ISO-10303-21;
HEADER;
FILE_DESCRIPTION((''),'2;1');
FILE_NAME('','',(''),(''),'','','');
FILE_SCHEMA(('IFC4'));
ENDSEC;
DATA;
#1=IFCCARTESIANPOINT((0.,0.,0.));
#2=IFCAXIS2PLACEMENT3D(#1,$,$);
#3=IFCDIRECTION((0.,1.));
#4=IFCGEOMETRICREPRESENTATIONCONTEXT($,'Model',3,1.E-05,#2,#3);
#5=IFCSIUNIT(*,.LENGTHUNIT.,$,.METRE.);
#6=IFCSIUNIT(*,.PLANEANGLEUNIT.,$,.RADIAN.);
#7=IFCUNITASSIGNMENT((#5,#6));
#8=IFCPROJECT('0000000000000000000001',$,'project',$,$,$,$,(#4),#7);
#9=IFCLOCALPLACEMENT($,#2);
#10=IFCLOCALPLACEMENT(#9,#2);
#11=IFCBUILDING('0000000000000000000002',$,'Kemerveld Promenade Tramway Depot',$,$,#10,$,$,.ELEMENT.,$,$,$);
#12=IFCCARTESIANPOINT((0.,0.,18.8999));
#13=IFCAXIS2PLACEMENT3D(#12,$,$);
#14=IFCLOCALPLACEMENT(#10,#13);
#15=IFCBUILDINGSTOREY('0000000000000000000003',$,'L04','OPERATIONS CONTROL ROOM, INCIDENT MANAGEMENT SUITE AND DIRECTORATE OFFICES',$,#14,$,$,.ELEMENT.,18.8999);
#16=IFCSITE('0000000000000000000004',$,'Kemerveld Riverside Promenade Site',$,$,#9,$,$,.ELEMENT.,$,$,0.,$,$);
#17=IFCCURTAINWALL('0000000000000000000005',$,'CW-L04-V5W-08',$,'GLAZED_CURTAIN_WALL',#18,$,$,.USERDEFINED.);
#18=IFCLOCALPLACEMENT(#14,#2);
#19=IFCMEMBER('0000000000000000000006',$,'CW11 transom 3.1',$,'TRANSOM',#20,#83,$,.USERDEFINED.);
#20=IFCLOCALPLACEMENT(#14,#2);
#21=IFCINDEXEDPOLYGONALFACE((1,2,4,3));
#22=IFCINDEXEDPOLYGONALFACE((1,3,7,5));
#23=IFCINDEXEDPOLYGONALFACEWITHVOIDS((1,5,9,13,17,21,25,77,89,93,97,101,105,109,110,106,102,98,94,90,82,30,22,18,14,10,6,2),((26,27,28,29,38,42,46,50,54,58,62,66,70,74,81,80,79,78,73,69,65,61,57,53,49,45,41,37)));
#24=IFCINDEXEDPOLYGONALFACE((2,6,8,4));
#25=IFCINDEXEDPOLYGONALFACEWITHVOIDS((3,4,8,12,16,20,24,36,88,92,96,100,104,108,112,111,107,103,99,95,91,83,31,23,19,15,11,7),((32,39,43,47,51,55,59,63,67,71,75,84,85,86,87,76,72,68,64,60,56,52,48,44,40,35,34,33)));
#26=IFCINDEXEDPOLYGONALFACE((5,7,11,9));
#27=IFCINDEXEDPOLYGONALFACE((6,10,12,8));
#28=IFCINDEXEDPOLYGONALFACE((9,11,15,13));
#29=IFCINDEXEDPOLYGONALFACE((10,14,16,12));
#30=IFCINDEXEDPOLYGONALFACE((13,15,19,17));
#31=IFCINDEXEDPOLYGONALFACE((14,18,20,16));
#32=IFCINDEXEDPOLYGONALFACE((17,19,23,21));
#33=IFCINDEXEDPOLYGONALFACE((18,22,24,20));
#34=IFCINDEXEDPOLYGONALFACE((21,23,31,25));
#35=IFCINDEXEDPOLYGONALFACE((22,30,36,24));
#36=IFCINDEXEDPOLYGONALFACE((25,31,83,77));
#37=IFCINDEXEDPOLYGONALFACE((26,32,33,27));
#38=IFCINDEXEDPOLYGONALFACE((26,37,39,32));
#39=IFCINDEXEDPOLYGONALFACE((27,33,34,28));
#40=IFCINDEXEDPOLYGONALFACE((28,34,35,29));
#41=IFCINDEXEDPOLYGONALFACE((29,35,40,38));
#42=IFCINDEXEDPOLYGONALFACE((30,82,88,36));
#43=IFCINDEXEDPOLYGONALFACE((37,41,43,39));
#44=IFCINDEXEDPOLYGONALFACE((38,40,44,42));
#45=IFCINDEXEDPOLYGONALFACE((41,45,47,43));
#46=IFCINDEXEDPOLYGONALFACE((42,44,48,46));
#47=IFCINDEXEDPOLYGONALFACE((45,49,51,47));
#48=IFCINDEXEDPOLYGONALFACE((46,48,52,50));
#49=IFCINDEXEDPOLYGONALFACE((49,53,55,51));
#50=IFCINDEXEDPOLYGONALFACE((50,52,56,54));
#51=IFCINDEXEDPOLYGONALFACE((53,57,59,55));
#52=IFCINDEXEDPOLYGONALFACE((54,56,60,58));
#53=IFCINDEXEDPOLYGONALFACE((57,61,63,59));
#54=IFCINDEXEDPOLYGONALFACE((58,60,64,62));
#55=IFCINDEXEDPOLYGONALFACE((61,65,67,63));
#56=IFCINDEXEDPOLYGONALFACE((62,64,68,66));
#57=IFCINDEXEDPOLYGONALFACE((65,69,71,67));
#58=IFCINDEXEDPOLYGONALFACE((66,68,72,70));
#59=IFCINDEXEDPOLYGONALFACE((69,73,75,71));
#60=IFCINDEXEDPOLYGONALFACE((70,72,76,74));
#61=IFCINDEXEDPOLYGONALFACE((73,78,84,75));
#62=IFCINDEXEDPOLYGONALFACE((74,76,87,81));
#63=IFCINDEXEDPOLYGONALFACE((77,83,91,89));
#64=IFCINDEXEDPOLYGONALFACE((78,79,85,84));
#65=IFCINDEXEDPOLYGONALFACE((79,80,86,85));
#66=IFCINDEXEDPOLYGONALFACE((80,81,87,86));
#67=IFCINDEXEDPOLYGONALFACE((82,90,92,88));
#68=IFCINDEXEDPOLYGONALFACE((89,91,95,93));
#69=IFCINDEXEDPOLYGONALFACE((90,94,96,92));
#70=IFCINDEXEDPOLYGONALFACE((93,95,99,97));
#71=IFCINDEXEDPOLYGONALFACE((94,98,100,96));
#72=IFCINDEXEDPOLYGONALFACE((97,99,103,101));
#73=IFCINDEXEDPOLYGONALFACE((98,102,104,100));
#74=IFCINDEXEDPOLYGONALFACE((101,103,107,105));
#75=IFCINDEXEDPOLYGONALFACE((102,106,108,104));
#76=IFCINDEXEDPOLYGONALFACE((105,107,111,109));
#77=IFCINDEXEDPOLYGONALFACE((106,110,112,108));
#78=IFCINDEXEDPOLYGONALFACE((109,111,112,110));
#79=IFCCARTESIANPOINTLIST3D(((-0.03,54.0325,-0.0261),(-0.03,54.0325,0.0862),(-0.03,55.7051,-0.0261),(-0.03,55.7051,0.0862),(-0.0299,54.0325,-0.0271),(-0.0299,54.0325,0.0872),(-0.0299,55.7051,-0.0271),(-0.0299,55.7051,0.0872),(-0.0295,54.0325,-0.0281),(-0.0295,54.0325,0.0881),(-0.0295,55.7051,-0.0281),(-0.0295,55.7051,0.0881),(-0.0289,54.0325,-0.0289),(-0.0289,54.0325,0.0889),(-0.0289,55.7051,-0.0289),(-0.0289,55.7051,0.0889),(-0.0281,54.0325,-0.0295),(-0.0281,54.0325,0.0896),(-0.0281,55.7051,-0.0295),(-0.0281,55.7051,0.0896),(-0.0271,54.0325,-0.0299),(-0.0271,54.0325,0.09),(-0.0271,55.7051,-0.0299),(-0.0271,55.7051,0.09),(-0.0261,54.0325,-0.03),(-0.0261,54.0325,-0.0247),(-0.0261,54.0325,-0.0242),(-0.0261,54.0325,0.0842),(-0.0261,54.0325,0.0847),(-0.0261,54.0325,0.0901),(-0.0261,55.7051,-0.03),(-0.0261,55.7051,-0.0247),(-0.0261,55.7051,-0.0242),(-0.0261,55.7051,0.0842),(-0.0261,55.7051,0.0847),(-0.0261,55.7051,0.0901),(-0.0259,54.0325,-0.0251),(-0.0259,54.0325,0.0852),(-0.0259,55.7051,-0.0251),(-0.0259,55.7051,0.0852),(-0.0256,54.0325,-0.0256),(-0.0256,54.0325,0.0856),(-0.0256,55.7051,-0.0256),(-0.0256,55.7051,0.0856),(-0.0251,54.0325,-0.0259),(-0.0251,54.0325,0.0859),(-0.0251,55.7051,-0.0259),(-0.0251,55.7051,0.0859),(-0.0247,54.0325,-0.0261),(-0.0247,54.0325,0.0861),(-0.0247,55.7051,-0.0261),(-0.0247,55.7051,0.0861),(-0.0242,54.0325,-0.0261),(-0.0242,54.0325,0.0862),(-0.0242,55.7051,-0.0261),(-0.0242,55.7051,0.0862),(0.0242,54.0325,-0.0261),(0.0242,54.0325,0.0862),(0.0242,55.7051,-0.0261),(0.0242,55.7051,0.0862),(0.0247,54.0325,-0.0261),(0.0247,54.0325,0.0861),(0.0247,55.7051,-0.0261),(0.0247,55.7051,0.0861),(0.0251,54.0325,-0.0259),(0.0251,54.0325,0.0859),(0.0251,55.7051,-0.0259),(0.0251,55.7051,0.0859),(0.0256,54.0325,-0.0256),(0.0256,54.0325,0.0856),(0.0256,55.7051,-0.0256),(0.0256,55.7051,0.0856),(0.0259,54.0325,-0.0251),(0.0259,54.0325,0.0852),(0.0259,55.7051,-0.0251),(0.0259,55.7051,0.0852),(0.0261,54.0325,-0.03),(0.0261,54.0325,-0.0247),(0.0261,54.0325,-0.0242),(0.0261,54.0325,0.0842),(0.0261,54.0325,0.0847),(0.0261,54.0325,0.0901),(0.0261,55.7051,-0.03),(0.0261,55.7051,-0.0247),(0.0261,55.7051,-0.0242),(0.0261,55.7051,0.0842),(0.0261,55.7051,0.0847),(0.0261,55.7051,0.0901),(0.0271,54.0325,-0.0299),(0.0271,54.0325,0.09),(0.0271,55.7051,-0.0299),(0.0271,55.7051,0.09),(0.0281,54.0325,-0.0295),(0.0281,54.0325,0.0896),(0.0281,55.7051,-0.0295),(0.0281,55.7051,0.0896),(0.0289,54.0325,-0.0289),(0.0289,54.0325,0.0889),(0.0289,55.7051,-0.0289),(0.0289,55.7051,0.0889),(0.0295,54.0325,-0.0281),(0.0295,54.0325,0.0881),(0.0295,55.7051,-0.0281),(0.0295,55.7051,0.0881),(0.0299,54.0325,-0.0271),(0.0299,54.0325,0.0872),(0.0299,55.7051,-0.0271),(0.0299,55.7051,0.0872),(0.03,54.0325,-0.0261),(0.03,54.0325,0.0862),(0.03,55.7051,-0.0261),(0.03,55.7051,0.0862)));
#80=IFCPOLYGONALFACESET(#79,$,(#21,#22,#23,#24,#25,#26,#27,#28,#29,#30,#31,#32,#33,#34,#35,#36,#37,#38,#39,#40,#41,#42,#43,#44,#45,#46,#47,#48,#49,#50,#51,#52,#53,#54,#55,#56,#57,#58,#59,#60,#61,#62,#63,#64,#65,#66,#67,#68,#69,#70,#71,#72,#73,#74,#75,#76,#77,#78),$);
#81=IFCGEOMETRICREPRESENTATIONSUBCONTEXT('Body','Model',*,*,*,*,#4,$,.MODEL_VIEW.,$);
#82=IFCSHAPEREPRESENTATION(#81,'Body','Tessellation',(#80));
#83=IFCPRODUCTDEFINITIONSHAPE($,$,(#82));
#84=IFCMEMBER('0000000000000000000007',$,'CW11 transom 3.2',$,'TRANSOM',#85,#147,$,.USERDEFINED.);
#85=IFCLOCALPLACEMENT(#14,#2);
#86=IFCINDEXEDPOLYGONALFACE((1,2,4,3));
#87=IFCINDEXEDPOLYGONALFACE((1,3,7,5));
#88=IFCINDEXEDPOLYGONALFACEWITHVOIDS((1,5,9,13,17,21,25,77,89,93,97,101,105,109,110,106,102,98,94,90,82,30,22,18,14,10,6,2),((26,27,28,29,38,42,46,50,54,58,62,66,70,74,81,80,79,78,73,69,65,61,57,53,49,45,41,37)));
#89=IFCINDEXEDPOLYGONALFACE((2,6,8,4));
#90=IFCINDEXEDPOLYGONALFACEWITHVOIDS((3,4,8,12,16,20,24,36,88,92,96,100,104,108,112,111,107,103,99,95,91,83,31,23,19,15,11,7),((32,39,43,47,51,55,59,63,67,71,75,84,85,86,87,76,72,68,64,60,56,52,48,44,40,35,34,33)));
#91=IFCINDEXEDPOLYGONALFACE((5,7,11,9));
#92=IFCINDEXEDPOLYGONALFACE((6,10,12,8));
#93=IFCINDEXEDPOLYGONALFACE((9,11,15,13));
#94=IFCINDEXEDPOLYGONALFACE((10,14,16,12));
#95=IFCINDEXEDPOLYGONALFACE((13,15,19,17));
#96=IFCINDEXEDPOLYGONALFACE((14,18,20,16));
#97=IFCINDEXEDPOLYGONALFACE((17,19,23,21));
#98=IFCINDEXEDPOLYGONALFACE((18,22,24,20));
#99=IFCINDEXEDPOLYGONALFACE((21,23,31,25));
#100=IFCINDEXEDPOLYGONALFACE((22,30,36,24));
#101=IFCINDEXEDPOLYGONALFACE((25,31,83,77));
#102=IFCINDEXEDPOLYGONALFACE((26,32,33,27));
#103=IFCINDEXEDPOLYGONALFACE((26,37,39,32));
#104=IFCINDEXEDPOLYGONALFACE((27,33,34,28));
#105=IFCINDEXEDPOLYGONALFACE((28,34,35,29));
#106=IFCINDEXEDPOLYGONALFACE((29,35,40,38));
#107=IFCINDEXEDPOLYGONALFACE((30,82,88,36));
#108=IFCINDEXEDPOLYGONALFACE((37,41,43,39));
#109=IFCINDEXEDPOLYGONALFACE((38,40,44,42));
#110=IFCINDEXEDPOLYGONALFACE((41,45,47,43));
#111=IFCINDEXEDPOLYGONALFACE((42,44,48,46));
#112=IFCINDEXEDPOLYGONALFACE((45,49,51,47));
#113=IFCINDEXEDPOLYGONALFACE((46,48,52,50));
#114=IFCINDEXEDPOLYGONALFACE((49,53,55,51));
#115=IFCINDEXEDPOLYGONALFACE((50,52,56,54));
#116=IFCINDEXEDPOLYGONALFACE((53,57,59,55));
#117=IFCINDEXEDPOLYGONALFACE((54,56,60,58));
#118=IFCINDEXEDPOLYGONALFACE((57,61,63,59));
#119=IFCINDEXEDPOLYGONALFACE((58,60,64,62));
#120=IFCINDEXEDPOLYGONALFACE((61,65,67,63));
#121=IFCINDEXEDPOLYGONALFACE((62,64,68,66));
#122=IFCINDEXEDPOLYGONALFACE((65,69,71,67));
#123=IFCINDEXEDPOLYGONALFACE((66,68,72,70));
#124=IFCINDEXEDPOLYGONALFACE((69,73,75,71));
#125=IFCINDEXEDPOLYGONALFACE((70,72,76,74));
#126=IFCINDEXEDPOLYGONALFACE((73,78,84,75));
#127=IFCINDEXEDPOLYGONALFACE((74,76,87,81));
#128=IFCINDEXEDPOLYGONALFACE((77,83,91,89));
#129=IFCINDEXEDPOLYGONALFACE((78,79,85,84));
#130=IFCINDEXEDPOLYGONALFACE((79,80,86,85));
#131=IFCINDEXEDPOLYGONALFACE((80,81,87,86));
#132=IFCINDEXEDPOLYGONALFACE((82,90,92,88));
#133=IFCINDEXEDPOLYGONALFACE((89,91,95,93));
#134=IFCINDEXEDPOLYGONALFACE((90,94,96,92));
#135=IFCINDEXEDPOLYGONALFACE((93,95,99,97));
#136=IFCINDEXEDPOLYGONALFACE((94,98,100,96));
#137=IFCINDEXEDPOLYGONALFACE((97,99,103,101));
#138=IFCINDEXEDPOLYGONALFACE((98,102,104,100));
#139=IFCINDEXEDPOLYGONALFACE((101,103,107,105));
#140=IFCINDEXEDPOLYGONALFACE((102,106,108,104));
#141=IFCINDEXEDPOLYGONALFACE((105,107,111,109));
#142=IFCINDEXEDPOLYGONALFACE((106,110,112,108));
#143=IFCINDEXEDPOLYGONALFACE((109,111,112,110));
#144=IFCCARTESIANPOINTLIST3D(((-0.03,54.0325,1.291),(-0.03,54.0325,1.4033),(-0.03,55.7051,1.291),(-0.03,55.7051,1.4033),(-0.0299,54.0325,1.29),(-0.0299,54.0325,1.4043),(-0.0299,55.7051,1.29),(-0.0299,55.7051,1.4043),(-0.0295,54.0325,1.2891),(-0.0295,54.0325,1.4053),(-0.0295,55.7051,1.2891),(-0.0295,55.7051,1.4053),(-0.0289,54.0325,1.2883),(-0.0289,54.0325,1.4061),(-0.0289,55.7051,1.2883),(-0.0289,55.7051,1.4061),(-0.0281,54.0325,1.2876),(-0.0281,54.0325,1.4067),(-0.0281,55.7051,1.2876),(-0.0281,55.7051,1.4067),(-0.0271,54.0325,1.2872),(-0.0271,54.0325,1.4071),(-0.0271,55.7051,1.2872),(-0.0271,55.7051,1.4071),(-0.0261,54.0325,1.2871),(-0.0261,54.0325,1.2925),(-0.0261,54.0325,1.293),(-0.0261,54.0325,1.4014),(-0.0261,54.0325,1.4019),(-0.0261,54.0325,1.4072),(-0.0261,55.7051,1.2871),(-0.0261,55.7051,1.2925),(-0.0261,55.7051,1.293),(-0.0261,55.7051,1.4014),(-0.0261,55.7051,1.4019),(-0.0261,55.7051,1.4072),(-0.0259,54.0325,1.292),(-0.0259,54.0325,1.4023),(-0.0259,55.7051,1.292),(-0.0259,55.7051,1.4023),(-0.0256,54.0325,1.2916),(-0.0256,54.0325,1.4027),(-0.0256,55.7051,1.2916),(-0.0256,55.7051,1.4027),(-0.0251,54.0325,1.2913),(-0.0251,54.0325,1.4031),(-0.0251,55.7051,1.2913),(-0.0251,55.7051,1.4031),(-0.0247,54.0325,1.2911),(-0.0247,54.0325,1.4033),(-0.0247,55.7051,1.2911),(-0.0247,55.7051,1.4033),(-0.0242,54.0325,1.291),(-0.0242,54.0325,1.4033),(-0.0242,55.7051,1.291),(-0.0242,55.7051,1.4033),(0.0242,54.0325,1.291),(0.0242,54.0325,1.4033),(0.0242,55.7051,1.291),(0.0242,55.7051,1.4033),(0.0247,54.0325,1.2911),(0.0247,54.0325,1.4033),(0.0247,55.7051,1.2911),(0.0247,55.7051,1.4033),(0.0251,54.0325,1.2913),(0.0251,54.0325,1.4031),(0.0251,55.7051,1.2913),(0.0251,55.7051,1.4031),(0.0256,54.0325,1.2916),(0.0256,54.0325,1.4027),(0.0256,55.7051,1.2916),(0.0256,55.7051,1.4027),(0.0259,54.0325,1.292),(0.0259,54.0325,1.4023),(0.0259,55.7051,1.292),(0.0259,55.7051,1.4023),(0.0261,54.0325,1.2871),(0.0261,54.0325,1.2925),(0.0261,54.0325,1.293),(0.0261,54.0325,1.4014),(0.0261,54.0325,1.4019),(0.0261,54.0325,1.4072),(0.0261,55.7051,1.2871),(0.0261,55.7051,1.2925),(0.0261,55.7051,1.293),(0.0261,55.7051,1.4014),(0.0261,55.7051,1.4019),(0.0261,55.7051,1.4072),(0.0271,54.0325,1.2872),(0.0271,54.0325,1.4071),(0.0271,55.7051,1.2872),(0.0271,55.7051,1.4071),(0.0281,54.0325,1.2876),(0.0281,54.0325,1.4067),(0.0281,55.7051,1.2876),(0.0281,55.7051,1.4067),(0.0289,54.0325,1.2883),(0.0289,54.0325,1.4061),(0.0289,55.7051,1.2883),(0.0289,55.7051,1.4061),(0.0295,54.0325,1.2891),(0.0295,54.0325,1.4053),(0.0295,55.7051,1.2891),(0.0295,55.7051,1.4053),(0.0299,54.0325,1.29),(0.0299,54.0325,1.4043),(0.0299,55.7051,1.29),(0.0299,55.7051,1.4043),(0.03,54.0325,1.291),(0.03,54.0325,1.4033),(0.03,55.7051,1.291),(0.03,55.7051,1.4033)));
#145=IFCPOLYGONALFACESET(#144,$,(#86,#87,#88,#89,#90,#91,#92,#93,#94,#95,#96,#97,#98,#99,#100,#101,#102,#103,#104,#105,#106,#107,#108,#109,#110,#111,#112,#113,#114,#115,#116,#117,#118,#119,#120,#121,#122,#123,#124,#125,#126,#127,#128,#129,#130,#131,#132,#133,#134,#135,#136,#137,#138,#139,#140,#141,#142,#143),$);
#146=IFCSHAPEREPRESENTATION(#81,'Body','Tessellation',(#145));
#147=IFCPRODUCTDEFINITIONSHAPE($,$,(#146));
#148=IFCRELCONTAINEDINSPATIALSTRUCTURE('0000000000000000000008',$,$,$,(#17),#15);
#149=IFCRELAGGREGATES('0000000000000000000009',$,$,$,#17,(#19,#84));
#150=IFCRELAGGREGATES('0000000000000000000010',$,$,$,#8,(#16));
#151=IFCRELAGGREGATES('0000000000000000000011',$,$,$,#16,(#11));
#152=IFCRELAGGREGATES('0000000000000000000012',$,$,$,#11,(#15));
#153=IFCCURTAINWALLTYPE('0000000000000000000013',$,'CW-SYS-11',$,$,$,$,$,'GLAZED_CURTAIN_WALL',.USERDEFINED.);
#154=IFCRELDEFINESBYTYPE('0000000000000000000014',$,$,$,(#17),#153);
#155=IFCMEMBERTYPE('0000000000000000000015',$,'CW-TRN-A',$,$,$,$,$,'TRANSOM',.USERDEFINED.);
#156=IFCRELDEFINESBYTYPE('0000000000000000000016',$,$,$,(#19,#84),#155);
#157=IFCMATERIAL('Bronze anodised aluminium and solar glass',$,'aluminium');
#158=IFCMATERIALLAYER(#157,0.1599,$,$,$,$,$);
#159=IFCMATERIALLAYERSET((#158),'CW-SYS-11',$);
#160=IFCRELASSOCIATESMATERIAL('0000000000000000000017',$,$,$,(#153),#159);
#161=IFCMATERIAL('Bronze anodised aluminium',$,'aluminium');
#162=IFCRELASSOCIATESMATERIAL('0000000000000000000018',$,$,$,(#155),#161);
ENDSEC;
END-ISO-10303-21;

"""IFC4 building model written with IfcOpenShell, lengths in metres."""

from ifc_helpers import new_model, si_unit, direction, frame, origin, origin_2d, place, context, subcontext, project, spatial, hollow_rectangle, extrude, material, layer, layer_set, material_profile, profile_set, type_object, element, aggregate, save


model = new_model("IFC4")

# Units and contexts
model_context = context("Model", 3, precision=1e-05, world=origin(), true_north=direction((0.0, 1.0)))
body_context = subcontext(model_context, "Body", "Model", "MODEL_VIEW")
ifc_project = project(units=[si_unit("LENGTHUNIT", "METRE"), si_unit("PLANEANGLEUNIT", "RADIAN")], contexts=[model_context])

# Site, building, storey
site_placement = place(None, origin())
site = spatial("IfcSite", under=ifc_project, at=site_placement, Name="Kemerveld Riverside Promenade Site", CompositionType="ELEMENT", RefElevation=0.0)
building_placement = place(site_placement, origin())
building = spatial("IfcBuilding", under=site, at=building_placement, Name="Kemerveld Promenade Tramway Depot", CompositionType="ELEMENT")
storey_placement = place(building_placement, frame((0.0, 0.0, 18.8999)))
storey = spatial("IfcBuildingStorey", under=building, at=storey_placement, Name="L04", Description="OPERATIONS CONTROL ROOM, INCIDENT MANAGEMENT SUITE AND DIRECTORATE OFFICES", CompositionType="ELEMENT", Elevation=18.8999)

# Curtain wall, members
ifc_material_1 = material(Name="Bronze anodised aluminium and solar glass", Category="aluminium")
ifc_layer_1 = layer(ifc_material_1, 0.1599)
ifc_layer_set_1 = layer_set([ifc_layer_1], Name="CW-SYS-11")
curtain_wall_type = type_object("IfcCurtainWallType", Name="CW-SYS-11", ElementType="GLAZED_CURTAIN_WALL", PredefinedType="USERDEFINED", material=ifc_layer_set_1)
curtain_wall_placement = place(storey_placement, origin())
curtain_wall = element("IfcCurtainWall", 1, at=curtain_wall_placement, inside=storey, type_object=curtain_wall_type, Name="CW-L04-V5W-08", ObjectType="GLAZED_CURTAIN_WALL", PredefinedType="USERDEFINED")
ifc_material_2 = material(Name="Bronze anodised aluminium", Category="aluminium")
ifc_material_profile_1 = material_profile(ifc_material_2, hollow_rectangle(XDim=0.0601, YDim=0.1201, WallThickness=0.0039, InnerFilletRadius=0.002, OuterFilletRadius=0.0039, at=origin_2d()), Name="CW-TRN-120x60")
ifc_profile_set_1 = profile_set([ifc_material_profile_1], Name="Bronze anodised aluminium")
member_type_1 = type_object("IfcMemberType", Name="CW-TRN-A", ElementType="TRANSOM", PredefinedType="USERDEFINED", material=ifc_profile_set_1)
member_1_placement = place(storey_placement, frame((0.0, 54.0325, 0.03), z_axis=(0.0, 1.0, 0.0), x_axis=(-1.0, 0.0, 0.0)))
member_1 = element("IfcMember", 2, at=member_1_placement, type_object=member_type_1, Name="CW11 transom 3.1", ObjectType="TRANSOM", PredefinedType="USERDEFINED", context=body_context, shape_type="SweptSolid", body=[
    extrude(hollow_rectangle(XDim=0.0601, YDim=0.1201, WallThickness=0.0039, InnerFilletRadius=0.002, OuterFilletRadius=0.0039, at=origin_2d()), origin(), (0.0, 0.0, 1.0), 1.6726),
])
member_2_placement = place(storey_placement, frame((0.0, 54.0325, 1.3472), z_axis=(0.0, 1.0, 0.0), x_axis=(-1.0, 0.0, 0.0)))
member_2 = element("IfcMember", 3, at=member_2_placement, type_object=member_type_1, Name="CW11 transom 3.2", ObjectType="TRANSOM", PredefinedType="USERDEFINED", context=body_context, shape_type="SweptSolid", body=[
    extrude(hollow_rectangle(XDim=0.0601, YDim=0.1201, WallThickness=0.0039, InnerFilletRadius=0.002, OuterFilletRadius=0.0039, at=origin_2d()), origin(), (0.0, 0.0, 1.0), 1.6726),
])
aggregate(curtain_wall, [member_1, member_2])

save(model, "model.ifc")
